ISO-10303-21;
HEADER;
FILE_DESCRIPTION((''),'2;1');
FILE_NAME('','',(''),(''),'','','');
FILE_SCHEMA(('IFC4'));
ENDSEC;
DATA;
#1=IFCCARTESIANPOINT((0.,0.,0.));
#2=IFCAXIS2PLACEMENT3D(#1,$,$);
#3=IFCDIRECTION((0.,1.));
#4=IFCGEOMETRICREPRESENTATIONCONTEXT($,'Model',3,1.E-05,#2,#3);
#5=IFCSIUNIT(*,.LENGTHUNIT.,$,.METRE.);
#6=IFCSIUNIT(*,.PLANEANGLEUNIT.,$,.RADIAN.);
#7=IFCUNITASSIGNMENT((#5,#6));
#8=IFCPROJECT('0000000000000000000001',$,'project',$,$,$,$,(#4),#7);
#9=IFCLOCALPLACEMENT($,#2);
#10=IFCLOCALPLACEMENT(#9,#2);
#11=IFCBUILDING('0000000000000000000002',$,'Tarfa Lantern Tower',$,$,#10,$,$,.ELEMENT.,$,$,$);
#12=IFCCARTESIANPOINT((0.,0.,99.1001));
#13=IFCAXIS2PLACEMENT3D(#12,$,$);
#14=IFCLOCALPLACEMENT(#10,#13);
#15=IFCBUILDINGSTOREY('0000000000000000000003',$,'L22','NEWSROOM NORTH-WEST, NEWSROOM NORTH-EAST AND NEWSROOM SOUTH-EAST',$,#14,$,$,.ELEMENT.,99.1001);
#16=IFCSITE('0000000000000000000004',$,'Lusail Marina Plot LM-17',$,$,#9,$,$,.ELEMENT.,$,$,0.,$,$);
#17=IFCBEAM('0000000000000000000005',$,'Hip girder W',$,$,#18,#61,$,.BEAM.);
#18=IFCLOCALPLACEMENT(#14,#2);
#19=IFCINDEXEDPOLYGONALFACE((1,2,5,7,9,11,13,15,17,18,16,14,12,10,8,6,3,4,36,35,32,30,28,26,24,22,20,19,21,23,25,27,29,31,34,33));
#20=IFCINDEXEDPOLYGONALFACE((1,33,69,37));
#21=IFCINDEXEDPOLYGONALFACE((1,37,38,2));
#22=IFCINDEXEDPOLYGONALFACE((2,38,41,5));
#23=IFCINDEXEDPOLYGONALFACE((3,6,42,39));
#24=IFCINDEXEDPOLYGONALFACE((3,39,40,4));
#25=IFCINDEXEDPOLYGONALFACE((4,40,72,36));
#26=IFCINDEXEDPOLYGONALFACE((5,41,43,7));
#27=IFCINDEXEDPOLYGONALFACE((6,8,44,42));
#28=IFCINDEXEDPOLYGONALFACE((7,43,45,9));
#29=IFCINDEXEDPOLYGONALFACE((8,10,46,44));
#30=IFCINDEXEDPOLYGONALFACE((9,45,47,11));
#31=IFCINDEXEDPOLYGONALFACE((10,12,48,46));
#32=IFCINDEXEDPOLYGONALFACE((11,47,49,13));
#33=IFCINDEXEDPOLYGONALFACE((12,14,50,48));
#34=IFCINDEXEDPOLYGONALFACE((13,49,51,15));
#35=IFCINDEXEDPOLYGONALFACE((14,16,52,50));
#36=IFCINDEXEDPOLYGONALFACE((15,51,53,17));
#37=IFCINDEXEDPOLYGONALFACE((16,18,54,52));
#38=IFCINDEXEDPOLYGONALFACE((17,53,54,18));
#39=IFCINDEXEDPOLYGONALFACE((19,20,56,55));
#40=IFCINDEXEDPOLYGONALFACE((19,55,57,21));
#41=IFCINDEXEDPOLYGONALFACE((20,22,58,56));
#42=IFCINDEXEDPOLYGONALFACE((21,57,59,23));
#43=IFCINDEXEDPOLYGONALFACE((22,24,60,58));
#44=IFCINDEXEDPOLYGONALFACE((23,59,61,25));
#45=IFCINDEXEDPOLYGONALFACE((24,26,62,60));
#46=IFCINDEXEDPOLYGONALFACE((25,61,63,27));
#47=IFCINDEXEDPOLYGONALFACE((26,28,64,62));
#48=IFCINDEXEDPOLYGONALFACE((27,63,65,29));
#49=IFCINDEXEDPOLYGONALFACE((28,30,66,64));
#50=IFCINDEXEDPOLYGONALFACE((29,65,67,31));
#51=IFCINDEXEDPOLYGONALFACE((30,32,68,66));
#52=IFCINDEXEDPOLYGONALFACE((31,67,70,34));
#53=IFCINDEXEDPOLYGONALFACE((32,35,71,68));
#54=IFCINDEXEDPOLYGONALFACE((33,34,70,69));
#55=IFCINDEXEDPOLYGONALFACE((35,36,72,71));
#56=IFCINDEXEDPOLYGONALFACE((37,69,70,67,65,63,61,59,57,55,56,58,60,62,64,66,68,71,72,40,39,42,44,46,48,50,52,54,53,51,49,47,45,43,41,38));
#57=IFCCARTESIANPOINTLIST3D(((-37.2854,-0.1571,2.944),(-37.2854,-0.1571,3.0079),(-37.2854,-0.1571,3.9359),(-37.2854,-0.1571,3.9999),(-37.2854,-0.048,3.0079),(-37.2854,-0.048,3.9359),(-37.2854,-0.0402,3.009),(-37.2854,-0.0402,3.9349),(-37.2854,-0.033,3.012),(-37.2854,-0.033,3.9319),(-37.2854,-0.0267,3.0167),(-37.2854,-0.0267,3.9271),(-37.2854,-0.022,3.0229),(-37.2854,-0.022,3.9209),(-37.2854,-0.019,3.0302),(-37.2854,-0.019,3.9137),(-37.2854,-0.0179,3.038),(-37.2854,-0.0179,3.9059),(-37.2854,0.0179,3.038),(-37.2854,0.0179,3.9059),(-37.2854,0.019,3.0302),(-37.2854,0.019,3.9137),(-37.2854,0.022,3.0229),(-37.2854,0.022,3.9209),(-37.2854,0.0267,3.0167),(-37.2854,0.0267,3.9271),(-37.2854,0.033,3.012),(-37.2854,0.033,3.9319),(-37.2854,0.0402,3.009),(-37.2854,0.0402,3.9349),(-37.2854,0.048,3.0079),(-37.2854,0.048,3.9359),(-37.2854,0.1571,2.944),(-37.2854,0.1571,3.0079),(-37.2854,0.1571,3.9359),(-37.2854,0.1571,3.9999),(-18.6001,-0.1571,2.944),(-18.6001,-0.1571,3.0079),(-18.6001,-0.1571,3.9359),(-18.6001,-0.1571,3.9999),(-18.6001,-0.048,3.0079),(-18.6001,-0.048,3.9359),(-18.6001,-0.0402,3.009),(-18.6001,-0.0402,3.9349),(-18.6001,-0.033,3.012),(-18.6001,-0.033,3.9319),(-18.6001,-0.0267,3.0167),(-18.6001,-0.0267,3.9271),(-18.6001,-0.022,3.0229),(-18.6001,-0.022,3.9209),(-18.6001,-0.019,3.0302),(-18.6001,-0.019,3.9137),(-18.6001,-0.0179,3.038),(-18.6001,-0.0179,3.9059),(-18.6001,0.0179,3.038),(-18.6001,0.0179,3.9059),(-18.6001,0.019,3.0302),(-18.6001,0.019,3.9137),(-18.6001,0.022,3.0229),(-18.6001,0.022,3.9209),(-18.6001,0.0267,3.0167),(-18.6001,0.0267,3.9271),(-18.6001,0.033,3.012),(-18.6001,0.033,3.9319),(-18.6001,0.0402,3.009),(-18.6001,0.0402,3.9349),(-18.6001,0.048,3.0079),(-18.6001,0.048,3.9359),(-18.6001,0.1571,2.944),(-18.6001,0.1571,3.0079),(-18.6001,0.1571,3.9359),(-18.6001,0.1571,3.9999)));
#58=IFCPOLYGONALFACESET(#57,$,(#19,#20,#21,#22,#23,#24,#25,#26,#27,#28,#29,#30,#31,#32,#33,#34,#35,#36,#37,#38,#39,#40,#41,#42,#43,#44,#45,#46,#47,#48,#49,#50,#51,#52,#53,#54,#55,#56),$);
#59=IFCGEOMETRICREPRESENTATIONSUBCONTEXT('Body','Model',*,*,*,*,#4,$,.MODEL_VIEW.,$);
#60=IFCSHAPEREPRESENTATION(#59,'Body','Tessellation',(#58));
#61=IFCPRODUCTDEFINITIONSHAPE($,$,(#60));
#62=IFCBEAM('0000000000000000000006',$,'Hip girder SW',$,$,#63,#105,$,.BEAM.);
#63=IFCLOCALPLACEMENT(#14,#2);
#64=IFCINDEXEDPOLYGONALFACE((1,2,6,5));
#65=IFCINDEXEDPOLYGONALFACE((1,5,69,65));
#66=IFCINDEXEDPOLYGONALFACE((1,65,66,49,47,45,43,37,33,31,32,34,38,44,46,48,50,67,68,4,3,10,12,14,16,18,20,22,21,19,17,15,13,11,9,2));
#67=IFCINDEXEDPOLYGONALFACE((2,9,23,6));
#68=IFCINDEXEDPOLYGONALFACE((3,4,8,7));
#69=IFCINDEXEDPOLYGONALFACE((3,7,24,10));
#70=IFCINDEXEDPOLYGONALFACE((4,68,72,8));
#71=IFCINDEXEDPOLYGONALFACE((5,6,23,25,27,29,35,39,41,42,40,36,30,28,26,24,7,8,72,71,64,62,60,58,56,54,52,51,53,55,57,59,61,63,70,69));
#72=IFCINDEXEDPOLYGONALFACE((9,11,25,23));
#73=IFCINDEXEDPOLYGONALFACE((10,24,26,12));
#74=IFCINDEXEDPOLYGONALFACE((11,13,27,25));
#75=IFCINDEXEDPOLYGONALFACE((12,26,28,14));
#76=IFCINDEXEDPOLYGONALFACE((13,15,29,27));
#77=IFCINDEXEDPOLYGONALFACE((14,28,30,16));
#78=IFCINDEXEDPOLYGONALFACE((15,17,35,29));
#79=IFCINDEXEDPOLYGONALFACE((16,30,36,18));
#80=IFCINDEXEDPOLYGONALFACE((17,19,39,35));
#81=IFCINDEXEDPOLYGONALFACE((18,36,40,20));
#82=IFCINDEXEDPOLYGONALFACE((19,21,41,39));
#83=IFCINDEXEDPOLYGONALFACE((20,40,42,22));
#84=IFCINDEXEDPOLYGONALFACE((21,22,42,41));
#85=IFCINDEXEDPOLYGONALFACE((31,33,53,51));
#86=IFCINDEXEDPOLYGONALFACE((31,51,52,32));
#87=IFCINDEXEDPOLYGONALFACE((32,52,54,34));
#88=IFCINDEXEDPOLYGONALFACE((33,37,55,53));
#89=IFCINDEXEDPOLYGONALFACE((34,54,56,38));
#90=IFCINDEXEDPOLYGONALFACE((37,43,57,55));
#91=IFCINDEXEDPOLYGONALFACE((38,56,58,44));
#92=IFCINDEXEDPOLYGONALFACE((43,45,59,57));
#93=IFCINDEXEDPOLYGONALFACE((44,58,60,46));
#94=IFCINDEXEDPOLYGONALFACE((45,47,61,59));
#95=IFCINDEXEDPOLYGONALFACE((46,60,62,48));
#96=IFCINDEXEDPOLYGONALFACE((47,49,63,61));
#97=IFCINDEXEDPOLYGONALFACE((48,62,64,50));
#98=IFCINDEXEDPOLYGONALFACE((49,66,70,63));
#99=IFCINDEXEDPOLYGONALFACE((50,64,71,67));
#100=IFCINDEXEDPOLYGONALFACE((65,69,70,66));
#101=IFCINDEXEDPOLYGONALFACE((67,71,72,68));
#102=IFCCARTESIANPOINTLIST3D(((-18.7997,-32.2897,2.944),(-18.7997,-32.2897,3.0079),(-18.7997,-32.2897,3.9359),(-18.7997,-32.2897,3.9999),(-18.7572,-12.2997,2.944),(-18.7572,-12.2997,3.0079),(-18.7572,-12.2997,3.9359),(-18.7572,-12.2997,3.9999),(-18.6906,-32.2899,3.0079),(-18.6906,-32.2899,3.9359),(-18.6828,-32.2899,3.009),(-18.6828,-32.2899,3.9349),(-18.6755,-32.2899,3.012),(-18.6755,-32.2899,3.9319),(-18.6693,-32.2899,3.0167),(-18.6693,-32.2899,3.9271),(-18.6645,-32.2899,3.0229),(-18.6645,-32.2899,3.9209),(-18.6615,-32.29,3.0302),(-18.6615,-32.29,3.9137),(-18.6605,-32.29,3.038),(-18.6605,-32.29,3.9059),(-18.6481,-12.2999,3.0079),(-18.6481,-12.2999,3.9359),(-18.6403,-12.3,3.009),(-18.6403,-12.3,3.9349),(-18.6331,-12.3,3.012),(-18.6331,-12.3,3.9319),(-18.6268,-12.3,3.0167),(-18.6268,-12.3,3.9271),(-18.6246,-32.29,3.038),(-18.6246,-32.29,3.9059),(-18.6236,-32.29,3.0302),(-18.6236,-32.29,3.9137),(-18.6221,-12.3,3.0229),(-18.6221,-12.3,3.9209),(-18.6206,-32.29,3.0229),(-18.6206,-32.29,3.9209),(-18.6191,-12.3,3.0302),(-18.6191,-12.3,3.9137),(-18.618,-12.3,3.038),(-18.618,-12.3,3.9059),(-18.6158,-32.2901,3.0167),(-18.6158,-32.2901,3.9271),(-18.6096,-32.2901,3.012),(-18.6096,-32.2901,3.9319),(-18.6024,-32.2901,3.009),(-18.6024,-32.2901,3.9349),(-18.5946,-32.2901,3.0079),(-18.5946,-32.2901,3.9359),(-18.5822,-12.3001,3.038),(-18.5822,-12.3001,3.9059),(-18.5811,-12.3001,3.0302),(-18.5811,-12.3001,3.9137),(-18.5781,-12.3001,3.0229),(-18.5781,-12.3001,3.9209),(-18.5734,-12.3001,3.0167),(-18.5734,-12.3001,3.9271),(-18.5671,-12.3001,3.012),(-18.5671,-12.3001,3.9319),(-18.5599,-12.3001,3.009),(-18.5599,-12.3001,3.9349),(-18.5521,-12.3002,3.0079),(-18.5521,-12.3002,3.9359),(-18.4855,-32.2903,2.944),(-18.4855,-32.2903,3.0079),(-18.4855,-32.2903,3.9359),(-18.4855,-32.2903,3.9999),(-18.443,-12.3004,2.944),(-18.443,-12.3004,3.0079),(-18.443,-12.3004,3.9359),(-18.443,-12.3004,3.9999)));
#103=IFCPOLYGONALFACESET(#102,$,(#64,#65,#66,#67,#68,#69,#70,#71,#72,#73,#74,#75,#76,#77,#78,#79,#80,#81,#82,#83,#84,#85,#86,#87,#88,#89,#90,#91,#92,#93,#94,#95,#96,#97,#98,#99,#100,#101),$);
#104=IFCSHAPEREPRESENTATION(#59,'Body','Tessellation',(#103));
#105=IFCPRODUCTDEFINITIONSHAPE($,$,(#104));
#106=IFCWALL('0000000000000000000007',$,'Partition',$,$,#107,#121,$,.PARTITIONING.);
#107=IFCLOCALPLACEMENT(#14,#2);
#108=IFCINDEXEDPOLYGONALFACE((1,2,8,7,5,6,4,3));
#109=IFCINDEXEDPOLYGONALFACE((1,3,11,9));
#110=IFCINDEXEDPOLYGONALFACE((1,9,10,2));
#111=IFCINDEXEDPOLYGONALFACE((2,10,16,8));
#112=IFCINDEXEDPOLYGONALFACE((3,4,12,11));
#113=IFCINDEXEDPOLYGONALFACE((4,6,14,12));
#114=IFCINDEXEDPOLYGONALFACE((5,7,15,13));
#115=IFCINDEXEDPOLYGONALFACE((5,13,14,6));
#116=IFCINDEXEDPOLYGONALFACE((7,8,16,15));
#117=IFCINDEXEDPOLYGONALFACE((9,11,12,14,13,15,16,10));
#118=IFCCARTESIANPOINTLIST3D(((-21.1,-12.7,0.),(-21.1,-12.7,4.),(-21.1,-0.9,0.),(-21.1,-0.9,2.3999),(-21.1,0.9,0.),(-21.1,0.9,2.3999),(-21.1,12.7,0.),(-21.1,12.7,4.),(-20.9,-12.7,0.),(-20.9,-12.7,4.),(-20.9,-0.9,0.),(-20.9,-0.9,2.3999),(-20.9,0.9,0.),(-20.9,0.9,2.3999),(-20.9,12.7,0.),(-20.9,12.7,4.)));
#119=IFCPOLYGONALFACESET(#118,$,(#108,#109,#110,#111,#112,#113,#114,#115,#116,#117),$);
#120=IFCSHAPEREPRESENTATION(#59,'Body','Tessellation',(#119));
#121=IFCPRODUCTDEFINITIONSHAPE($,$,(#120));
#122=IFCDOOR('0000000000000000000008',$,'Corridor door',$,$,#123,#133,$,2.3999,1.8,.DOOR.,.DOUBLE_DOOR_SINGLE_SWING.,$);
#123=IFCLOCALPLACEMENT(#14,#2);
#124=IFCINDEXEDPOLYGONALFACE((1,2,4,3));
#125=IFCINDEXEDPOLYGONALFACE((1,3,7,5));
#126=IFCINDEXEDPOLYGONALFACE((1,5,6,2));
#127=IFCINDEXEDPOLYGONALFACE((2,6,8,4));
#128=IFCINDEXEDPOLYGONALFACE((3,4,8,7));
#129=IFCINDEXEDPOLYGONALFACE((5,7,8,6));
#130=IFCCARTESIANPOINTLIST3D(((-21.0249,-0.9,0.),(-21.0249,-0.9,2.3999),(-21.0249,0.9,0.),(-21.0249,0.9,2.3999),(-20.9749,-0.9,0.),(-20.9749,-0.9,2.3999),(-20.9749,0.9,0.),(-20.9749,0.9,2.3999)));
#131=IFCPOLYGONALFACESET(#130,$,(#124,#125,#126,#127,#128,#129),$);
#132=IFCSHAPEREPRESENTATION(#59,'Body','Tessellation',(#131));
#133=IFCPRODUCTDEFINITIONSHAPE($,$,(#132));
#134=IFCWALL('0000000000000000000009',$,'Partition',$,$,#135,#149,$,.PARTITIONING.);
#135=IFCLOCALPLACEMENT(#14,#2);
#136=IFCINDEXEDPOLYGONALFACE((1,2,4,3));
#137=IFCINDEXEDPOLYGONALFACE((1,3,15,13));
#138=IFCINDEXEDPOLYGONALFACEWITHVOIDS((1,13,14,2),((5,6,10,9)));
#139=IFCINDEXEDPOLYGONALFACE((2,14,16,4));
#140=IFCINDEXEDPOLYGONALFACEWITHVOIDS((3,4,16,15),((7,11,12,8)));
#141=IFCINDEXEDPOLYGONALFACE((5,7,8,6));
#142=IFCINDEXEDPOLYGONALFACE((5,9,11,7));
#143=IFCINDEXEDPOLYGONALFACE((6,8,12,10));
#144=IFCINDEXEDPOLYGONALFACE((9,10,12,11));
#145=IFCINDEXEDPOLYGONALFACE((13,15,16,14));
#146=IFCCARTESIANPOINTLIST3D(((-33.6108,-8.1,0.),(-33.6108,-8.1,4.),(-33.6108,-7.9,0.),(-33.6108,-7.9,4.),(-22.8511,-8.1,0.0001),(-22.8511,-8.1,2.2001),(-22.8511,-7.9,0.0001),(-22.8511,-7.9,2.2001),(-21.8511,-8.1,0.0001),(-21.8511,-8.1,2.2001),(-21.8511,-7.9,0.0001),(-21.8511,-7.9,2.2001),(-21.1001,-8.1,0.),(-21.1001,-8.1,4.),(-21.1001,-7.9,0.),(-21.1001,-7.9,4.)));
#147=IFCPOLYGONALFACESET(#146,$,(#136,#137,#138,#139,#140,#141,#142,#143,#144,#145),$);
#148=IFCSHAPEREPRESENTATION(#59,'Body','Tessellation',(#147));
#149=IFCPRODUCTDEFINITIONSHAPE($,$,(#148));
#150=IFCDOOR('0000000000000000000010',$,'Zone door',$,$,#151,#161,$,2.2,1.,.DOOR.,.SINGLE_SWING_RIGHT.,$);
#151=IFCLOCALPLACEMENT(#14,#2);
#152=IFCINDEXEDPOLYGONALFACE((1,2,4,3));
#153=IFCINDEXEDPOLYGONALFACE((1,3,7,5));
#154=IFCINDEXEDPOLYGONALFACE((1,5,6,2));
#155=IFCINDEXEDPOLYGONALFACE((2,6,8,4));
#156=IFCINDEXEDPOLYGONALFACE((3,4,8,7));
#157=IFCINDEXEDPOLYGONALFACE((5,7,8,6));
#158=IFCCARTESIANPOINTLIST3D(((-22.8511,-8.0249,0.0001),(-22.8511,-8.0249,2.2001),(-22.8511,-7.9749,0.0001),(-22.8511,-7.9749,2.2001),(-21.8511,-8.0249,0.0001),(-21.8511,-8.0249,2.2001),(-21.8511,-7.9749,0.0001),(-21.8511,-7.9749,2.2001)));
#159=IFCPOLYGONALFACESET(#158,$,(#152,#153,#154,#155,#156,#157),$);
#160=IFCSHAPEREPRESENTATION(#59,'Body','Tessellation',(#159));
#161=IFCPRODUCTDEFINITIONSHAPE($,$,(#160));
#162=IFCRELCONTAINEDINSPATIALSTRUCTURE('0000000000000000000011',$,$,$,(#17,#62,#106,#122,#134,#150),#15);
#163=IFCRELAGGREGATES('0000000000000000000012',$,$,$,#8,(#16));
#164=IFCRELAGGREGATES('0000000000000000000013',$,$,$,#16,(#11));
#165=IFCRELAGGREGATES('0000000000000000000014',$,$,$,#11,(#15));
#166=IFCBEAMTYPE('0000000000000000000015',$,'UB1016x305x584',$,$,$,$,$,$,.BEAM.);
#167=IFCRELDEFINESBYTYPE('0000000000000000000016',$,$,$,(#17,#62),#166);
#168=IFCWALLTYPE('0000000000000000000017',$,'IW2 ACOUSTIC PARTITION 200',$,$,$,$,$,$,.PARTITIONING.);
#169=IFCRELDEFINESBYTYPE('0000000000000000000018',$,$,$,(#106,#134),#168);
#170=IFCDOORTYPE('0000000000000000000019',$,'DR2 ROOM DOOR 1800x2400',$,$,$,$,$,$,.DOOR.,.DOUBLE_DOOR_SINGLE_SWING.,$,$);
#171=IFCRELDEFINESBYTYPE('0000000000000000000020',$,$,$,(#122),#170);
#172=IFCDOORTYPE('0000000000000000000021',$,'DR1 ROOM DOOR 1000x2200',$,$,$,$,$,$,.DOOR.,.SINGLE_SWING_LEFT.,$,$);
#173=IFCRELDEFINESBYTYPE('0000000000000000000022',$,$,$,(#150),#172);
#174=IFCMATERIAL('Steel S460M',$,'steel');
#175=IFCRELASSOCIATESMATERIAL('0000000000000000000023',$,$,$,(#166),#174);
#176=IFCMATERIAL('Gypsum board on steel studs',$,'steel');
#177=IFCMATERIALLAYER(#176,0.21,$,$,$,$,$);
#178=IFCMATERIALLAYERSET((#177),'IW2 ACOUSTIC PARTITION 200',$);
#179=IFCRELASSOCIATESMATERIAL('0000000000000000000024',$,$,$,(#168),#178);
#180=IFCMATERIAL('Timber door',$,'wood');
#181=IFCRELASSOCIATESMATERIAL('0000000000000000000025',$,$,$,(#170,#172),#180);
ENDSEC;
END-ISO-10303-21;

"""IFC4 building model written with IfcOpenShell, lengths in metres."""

from ifc_helpers import new_model, si_unit, direction, frame, frame_2d, origin, origin_2d, place, context, subcontext, project, spatial, rectangle, i_section, extrude, material, layer, layer_set, material_profile, profile_set, type_object, element, fill, save


model = new_model("IFC4")

# Units and contexts
model_context = context("Model", 3, precision=1e-05, world=origin(), true_north=direction((0.0, 1.0)))
body_context = subcontext(model_context, "Body", "Model", "MODEL_VIEW")
ifc_project = project(units=[si_unit("LENGTHUNIT", "METRE"), si_unit("PLANEANGLEUNIT", "RADIAN")], contexts=[model_context])

# Site, building, storey
site_placement = place(None, origin())
site = spatial("IfcSite", under=ifc_project, at=site_placement, Name="Lusail Marina Plot LM-17", CompositionType="ELEMENT", RefElevation=0.0)
building_placement = place(site_placement, origin())
building = spatial("IfcBuilding", under=site, at=building_placement, Name="Tarfa Lantern Tower", CompositionType="ELEMENT")
storey_placement = place(building_placement, frame((0.0, 0.0, 99.1001)))
storey = spatial("IfcBuildingStorey", under=building, at=storey_placement, Name="L22", Description="NEWSROOM NORTH-WEST, NEWSROOM NORTH-EAST AND NEWSROOM SOUTH-EAST", CompositionType="ELEMENT", Elevation=99.1001)

# Beams
ifc_material_1 = material(Name="Steel S460M", Category="steel")
ifc_material_profile = material_profile(ifc_material_1, i_section(OverallWidth=0.3142, OverallDepth=1.0559, WebThickness=0.0359, FlangeThickness=0.064, FilletRadius=0.03, at=origin_2d()), Name="UB1016x305x584")
ifc_profile_set = profile_set([ifc_material_profile], Name="Steel S460M")
beam_type = type_object("IfcBeamType", Name="UB1016x305x584", PredefinedType="BEAM", material=ifc_profile_set)
beam_1_placement = place(storey_placement, frame((-18.6001, 0.0, 3.4719), z_axis=(-1.0, 0.0, 0.0), x_axis=(0.0, -1.0, 0.0)))
element("IfcBeam", 1, at=beam_1_placement, inside=storey, type_object=beam_type, Name="Hip girder W", PredefinedType="BEAM", context=body_context, shape_type="SweptSolid", body=[
    extrude(i_section(OverallWidth=0.3142, OverallDepth=1.0559, WebThickness=0.0359, FlangeThickness=0.064, FilletRadius=0.03, at=origin_2d()), origin(), (0.0, 0.0, 1.0), 18.6853),
])
beam_2_placement = place(storey_placement, frame((-18.6001, -12.3, 3.4719), z_axis=(-0.002125, -0.999998, 0.0), x_axis=(0.999998, -0.002125, 0.0)))
element("IfcBeam", 2, at=beam_2_placement, inside=storey, type_object=beam_type, Name="Hip girder SW", PredefinedType="BEAM", context=body_context, shape_type="SweptSolid", body=[
    extrude(i_section(OverallWidth=0.3142, OverallDepth=1.0559, WebThickness=0.0359, FlangeThickness=0.064, FilletRadius=0.03, at=origin_2d()), origin(), (0.0, 0.0, 1.0), 19.99),
])

# Walls, openings, doors
ifc_material_2 = material(Name="Gypsum board on steel studs", Category="steel")
ifc_layer_1 = layer(ifc_material_2, 0.21)
ifc_layer_set_1 = layer_set([ifc_layer_1], Name="IW2 ACOUSTIC PARTITION 200")
wall_type_1 = type_object("IfcWallType", Name="IW2 ACOUSTIC PARTITION 200", PredefinedType="PARTITIONING", material=ifc_layer_set_1)
wall_1_placement = place(storey_placement, frame((-21.0, -12.7, 0.0), z_axis=(0.0, 0.0, 1.0), x_axis=(0.0, 1.0, 0.0)))
wall_1 = element("IfcWall", 3, at=wall_1_placement, inside=storey, type_object=wall_type_1, Name="Partition", PredefinedType="PARTITIONING", context=body_context, shape_type="SweptSolid", body=[
    extrude(rectangle(XDim=25.3999, YDim=0.2, at=frame_2d((12.7, 0.0))), origin(), (0.0, 0.0, 1.0), 4.0),
])
opening_1_placement = place(wall_1_placement, frame((11.8, 0.0, 0.0)))
opening_1 = element("IfcOpeningElement", 4, at=opening_1_placement, cuts=wall_1, PredefinedType="OPENING", context=body_context, shape_type="SweptSolid", body=[
    extrude(rectangle(XDim=1.8, YDim=2.3999, at=frame_2d((0.8999, 1.2))), frame((0.0, 0.1099, 0.0), z_axis=(0.0, -1.0, 0.0), x_axis=(1.0, 0.0, 0.0)), (0.0, 0.0, 1.0), 0.22),
])
ifc_material_3 = material(Name="Timber door", Category="wood")
door_type_1 = type_object("IfcDoorType", Name="DR2 ROOM DOOR 1800x2400", OperationType="DOUBLE_DOOR_SINGLE_SWING", PredefinedType="DOOR", material=ifc_material_3)
door_1_placement = place(opening_1_placement, origin())
door_1 = element("IfcDoor", 5, at=door_1_placement, inside=storey, type_object=door_type_1, Name="Corridor door", OperationType="DOUBLE_DOOR_SINGLE_SWING", OverallHeight=2.3999, OverallWidth=1.8, PredefinedType="DOOR", context=body_context, shape_type="SweptSolid", body=[
    extrude(rectangle(XDim=1.8, YDim=2.3999, at=frame_2d((0.8999, 1.2))), frame((0.0, 0.0249, 0.0), z_axis=(0.0, -1.0, 0.0), x_axis=(1.0, 0.0, 0.0)), (0.0, 0.0, 1.0), 0.05),
])
fill(opening_1, door_1)
wall_2_placement = place(storey_placement, frame((-21.1001, -8.0, 0.0), z_axis=(0.0, 0.0, 1.0), x_axis=(-1.0, 0.0, 0.0)))
wall_2 = element("IfcWall", 6, at=wall_2_placement, inside=storey, type_object=wall_type_1, Name="Partition", PredefinedType="PARTITIONING", context=body_context, shape_type="SweptSolid", body=[
    extrude(rectangle(XDim=12.5107, YDim=0.2, at=frame_2d((6.2554, 0.0))), origin(), (0.0, 0.0, 1.0), 4.0),
])
opening_2_placement = place(wall_2_placement, frame((0.751, 0.0, 0.0)))
opening_2 = element("IfcOpeningElement", 7, at=opening_2_placement, cuts=wall_2, PredefinedType="OPENING", context=body_context, shape_type="SweptSolid", body=[
    extrude(rectangle(XDim=1.0, YDim=2.2, at=frame_2d((0.5, 1.1001))), frame((0.0, 0.1099, 0.0), z_axis=(0.0, -1.0, 0.0), x_axis=(1.0, 0.0, 0.0)), (0.0, 0.0, 1.0), 0.22),
])
door_type_2 = type_object("IfcDoorType", Name="DR1 ROOM DOOR 1000x2200", OperationType="SINGLE_SWING_LEFT", PredefinedType="DOOR", material=ifc_material_3)
door_2_placement = place(opening_2_placement, origin())
door_2 = element("IfcDoor", 8, at=door_2_placement, inside=storey, type_object=door_type_2, Name="Zone door", OperationType="SINGLE_SWING_RIGHT", OverallHeight=2.2, OverallWidth=1.0, PredefinedType="DOOR", context=body_context, shape_type="SweptSolid", body=[
    extrude(rectangle(XDim=1.0, YDim=2.2, at=frame_2d((0.5, 1.1001))), frame((0.0, 0.0249, 0.0), z_axis=(0.0, -1.0, 0.0), x_axis=(1.0, 0.0, 0.0)), (0.0, 0.0, 1.0), 0.05),
])
fill(opening_2, door_2)

save(model, "model.ifc")
